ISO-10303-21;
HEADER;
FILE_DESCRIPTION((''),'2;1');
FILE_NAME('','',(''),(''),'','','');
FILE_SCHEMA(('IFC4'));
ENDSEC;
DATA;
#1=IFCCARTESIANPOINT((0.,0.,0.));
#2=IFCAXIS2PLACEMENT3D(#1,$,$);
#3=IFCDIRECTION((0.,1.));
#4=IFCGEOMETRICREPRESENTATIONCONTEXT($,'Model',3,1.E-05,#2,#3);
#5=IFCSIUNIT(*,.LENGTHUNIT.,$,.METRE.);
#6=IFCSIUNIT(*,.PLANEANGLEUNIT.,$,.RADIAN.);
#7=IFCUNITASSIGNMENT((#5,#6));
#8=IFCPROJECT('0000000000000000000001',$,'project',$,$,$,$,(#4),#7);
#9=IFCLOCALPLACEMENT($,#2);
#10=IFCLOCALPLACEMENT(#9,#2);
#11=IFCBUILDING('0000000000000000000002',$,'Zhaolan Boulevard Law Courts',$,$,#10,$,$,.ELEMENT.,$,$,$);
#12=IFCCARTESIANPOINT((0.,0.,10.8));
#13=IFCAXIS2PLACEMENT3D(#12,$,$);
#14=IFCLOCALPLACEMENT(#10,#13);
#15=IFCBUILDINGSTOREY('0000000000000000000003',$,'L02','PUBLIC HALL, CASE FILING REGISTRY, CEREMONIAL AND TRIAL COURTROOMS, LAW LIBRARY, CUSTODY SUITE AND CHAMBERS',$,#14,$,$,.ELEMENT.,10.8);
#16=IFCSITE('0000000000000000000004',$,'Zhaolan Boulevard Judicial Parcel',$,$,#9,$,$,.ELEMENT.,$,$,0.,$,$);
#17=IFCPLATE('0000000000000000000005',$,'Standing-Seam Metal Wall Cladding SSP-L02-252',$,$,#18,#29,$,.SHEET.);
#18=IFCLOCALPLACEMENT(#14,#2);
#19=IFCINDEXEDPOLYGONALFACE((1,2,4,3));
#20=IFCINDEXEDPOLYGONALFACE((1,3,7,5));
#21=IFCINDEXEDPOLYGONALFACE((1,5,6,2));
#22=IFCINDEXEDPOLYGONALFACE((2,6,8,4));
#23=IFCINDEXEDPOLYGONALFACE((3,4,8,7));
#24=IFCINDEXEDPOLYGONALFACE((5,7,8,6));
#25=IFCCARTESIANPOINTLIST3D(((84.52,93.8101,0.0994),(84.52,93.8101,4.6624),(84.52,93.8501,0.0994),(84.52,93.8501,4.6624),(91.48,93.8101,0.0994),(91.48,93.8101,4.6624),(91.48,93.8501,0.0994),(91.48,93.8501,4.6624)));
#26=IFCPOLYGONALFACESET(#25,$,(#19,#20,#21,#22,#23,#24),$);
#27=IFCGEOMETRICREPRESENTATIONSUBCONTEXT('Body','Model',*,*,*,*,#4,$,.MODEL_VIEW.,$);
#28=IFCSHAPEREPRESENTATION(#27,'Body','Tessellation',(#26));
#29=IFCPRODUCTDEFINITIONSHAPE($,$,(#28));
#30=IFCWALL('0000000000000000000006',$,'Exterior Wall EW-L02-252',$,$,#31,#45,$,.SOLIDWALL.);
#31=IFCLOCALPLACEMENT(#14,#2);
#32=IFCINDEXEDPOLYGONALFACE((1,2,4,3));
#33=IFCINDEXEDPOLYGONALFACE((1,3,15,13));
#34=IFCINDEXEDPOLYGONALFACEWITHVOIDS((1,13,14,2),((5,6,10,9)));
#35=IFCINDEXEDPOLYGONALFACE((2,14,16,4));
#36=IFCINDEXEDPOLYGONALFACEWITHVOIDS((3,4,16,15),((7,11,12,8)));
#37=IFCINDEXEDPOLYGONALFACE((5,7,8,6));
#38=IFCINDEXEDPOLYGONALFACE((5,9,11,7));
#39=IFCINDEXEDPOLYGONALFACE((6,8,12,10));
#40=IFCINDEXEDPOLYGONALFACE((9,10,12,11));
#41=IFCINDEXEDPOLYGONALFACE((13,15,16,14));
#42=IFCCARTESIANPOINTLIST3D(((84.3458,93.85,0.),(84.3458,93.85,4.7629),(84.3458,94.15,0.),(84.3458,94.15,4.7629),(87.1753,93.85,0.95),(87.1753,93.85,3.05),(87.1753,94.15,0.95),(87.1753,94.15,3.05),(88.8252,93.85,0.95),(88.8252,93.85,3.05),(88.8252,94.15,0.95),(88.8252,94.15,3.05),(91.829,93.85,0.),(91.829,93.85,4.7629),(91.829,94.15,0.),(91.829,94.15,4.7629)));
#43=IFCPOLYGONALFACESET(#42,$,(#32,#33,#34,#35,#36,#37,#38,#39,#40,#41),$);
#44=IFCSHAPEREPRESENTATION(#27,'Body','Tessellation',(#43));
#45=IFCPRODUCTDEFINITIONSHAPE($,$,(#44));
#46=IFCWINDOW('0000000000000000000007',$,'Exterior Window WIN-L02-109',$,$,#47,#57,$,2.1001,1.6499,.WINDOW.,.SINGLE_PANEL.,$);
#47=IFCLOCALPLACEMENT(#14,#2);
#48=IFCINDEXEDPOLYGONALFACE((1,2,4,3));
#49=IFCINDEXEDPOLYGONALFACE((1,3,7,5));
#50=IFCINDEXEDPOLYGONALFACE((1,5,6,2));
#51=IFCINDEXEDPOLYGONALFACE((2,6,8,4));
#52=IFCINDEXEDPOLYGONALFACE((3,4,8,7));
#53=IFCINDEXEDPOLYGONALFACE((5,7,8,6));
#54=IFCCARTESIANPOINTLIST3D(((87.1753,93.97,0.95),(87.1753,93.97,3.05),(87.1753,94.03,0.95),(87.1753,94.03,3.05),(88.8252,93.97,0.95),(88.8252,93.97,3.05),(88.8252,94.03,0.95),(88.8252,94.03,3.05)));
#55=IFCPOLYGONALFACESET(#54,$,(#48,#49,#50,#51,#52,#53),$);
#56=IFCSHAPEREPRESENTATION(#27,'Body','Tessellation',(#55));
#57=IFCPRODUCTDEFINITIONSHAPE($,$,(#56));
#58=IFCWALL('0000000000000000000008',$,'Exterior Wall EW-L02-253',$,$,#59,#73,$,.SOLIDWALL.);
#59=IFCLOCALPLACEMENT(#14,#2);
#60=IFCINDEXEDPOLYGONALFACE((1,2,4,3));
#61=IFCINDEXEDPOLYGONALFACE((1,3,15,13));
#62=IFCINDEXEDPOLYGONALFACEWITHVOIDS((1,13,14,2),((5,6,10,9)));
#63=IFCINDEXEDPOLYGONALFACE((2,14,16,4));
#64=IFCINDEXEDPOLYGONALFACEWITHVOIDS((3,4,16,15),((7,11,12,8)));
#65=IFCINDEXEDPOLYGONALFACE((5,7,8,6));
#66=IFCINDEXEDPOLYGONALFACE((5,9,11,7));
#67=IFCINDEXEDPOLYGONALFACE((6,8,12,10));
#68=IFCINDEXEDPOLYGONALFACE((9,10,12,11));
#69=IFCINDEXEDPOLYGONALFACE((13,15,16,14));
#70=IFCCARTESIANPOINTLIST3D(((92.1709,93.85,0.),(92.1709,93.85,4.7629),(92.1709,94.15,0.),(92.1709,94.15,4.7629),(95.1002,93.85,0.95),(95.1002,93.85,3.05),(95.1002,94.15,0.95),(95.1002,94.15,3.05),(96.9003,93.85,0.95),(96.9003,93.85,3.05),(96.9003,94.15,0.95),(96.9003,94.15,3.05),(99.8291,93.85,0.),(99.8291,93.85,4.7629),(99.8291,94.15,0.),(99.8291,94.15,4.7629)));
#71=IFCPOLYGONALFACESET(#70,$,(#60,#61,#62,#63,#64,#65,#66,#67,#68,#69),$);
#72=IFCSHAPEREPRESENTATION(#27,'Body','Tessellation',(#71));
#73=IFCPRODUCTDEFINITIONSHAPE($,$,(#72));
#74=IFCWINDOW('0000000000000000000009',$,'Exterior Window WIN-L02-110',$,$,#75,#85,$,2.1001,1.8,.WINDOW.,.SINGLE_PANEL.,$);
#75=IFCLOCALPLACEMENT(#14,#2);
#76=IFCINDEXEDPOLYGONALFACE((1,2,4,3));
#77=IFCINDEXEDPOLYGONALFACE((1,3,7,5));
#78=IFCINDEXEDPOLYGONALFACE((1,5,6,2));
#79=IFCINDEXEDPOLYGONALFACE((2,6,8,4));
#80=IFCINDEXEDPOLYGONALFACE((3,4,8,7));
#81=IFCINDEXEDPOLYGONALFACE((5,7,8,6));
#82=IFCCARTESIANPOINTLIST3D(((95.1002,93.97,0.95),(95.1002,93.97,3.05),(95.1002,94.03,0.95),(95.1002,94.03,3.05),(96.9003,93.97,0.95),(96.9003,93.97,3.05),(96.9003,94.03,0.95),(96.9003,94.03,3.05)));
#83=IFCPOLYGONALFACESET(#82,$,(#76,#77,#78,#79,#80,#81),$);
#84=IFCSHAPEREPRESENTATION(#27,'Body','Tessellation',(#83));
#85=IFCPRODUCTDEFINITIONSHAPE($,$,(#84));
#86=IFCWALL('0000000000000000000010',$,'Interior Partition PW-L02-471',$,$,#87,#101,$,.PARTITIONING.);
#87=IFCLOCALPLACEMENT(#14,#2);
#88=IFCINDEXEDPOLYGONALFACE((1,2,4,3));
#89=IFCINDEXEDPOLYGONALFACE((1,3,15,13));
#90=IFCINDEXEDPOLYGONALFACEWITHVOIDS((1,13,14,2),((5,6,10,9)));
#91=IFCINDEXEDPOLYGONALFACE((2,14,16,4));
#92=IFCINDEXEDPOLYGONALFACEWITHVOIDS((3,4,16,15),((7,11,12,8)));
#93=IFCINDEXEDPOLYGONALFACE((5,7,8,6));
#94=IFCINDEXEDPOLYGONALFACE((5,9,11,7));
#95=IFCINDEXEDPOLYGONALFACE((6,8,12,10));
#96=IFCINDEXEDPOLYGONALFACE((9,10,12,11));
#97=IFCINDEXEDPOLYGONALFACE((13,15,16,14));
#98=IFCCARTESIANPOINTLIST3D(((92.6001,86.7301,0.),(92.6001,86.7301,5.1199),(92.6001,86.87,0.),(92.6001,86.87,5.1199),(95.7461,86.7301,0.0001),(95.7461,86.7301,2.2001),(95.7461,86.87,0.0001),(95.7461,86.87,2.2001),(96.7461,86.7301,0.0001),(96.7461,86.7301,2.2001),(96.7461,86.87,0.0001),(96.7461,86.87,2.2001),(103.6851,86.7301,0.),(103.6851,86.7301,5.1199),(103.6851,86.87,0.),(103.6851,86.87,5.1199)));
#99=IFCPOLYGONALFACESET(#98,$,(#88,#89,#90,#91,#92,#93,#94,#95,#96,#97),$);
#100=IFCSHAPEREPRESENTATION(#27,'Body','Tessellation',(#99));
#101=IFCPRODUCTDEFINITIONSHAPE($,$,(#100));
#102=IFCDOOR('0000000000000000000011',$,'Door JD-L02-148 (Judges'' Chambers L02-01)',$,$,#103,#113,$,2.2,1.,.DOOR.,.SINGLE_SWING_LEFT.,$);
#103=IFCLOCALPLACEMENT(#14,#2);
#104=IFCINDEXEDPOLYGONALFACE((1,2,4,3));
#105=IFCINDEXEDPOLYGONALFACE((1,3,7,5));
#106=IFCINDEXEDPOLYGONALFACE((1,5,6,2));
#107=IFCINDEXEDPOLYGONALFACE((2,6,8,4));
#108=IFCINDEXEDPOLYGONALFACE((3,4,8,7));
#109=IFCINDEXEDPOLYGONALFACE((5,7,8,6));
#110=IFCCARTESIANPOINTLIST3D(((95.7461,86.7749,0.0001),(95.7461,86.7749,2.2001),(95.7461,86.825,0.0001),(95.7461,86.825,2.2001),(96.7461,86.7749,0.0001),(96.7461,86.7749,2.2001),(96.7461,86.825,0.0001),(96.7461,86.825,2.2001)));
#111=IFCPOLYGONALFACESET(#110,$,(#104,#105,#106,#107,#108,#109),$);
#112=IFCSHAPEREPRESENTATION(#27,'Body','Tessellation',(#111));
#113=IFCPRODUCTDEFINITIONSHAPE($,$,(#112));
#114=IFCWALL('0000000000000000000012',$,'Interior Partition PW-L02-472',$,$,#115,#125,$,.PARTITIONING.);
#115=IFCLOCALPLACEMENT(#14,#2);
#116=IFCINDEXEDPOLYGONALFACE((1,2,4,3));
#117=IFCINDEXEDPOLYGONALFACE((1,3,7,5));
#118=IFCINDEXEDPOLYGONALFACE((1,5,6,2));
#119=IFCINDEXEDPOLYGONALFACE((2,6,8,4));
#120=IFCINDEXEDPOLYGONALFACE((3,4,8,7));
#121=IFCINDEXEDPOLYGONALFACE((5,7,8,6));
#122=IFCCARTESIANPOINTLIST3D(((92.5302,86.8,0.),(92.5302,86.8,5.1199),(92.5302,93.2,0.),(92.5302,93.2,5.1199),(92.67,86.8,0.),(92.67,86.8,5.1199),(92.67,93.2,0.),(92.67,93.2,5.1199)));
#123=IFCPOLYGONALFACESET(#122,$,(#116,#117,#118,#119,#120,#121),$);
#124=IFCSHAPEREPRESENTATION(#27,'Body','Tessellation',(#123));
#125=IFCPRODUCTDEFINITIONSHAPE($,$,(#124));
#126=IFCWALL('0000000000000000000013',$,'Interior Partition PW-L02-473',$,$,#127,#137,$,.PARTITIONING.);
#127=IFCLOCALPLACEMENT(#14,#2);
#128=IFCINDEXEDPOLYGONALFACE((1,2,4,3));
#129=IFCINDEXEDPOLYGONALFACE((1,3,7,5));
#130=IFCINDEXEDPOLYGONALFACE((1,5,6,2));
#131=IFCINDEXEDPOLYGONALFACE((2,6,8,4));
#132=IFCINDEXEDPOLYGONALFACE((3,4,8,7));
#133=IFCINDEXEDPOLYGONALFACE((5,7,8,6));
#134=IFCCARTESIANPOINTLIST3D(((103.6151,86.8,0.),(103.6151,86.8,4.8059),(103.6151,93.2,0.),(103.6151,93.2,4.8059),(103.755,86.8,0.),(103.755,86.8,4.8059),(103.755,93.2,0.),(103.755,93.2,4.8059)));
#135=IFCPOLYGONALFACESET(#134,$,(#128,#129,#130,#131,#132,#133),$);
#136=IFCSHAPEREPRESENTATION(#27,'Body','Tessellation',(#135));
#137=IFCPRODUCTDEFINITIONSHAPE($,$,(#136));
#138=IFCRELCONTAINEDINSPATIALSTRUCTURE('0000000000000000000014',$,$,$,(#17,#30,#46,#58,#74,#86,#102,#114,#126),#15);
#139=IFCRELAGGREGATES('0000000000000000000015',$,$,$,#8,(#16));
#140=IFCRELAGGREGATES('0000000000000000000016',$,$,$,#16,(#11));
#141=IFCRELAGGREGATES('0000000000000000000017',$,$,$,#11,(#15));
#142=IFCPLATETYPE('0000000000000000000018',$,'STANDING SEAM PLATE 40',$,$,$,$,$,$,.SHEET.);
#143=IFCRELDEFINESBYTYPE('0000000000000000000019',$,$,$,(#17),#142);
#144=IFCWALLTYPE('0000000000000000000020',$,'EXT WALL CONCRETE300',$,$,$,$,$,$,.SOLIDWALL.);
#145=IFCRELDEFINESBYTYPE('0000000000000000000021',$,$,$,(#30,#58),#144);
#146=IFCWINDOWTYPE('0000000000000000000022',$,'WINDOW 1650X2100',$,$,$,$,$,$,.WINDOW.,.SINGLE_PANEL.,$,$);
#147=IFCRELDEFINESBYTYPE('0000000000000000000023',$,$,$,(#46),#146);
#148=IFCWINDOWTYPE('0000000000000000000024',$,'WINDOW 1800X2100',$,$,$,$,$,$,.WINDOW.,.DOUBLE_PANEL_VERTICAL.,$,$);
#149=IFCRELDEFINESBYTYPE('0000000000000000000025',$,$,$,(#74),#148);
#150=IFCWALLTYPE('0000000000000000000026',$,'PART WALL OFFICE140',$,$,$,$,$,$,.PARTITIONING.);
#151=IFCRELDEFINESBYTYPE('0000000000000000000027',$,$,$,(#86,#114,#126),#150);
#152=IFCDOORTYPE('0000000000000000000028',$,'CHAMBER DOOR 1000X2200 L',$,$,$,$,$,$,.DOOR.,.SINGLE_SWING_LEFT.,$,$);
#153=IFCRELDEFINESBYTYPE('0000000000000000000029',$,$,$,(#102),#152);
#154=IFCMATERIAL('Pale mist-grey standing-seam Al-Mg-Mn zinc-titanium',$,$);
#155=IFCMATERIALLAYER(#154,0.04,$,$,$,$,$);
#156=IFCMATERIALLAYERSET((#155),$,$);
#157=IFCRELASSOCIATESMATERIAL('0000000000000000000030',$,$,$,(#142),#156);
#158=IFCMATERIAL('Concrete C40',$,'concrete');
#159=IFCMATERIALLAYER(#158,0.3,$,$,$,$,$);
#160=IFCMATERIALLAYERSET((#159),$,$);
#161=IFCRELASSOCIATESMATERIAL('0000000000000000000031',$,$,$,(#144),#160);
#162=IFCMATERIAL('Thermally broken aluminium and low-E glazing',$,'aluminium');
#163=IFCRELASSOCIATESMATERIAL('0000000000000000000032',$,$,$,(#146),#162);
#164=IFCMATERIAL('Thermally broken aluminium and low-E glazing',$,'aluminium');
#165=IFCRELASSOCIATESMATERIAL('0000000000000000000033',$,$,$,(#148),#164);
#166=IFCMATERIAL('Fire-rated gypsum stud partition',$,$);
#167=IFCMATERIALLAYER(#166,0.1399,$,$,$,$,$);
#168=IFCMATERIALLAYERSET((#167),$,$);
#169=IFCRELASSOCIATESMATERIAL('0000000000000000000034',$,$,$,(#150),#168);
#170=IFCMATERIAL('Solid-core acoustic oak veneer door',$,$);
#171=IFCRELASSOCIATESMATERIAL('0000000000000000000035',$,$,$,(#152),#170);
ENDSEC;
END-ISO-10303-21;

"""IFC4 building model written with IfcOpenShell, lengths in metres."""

from ifc_helpers import new_model, si_unit, direction, frame, frame_2d, origin, origin_2d, place, context, subcontext, project, spatial, rectangle, extrude, material, layer, layer_set, type_object, element, fill, save


model = new_model("IFC4")

# Units and contexts
model_context = context("Model", 3, precision=1e-05, world=origin(), true_north=direction((0.0, 1.0)))
body_context = subcontext(model_context, "Body", "Model", "MODEL_VIEW")
ifc_project = project(units=[si_unit("LENGTHUNIT", "METRE"), si_unit("PLANEANGLEUNIT", "RADIAN")], contexts=[model_context])

# Site, building, storey
site_placement = place(None, origin())
site = spatial("IfcSite", under=ifc_project, at=site_placement, Name="Zhaolan Boulevard Judicial Parcel", CompositionType="ELEMENT", RefElevation=0.0)
building_placement = place(site_placement, origin())
building = spatial("IfcBuilding", under=site, at=building_placement, Name="Zhaolan Boulevard Law Courts", CompositionType="ELEMENT")
storey_placement = place(building_placement, frame((0.0, 0.0, 10.8)))
storey = spatial("IfcBuildingStorey", under=building, at=storey_placement, Name="L02", Description="PUBLIC HALL, CASE FILING REGISTRY, CEREMONIAL AND TRIAL COURTROOMS, LAW LIBRARY, CUSTODY SUITE AND CHAMBERS", CompositionType="ELEMENT", Elevation=10.8)

# Plate
ifc_material_1 = material(Name="Pale mist-grey standing-seam Al-Mg-Mn zinc-titanium")
ifc_layer_1 = layer(ifc_material_1, 0.04)
ifc_layer_set_1 = layer_set([ifc_layer_1])
plate_type = type_object("IfcPlateType", Name="STANDING SEAM PLATE 40", PredefinedType="SHEET", material=ifc_layer_set_1)
plate_placement = place(storey_placement, frame((88.0, 93.8301, 0.0994), z_axis=(0.0, 0.0, 1.0), x_axis=(-1.0, 0.0, 0.0)))
element("IfcPlate", 1, at=plate_placement, inside=storey, type_object=plate_type, Name="Standing-Seam Metal Wall Cladding SSP-L02-252", PredefinedType="SHEET", context=body_context, shape_type="SweptSolid", body=[
    extrude(rectangle(XDim=6.96, YDim=0.04, at=origin_2d()), origin(), (0.0, 0.0, 1.0), 4.563),
])

# Walls, openings, windows
ifc_material_2 = material(Name="Concrete C40", Category="concrete")
ifc_layer_2 = layer(ifc_material_2, 0.3)
ifc_layer_set_2 = layer_set([ifc_layer_2])
wall_type_1 = type_object("IfcWallType", Name="EXT WALL CONCRETE300", PredefinedType="SOLIDWALL", material=ifc_layer_set_2)
wall_1_placement = place(storey_placement, frame((91.8291, 94.0, 0.0), z_axis=(0.0, 0.0, 1.0), x_axis=(-1.0, 0.0, 0.0)))
wall_1 = element("IfcWall", 2, at=wall_1_placement, inside=storey, type_object=wall_type_1, Name="Exterior Wall EW-L02-252", PredefinedType="SOLIDWALL", context=body_context, shape_type="SweptSolid", body=[
    extrude(rectangle(XDim=7.4832, YDim=0.3, at=frame_2d((3.7417, 0.0))), origin(), (0.0, 0.0, 1.0), 4.7629),
])
opening_1_placement = place(wall_1_placement, frame((3.0039, 0.0, 0.95)))
opening_1 = element("IfcOpeningElement", 3, at=opening_1_placement, cuts=wall_1, PredefinedType="OPENING", context=body_context, shape_type="SweptSolid", body=[
    extrude(rectangle(XDim=1.6499, YDim=2.1001, at=frame_2d((0.825, 1.05))), frame((0.0, 0.1599, 0.0), z_axis=(0.0, -1.0, 0.0), x_axis=(1.0, 0.0, 0.0)), (0.0, 0.0, 1.0), 0.3201),
])
ifc_material_3 = material(Name="Thermally broken aluminium and low-E glazing", Category="aluminium")
window_type_1 = type_object("IfcWindowType", Name="WINDOW 1650X2100", PartitioningType="SINGLE_PANEL", PredefinedType="WINDOW", material=ifc_material_3)
window_1_placement = place(opening_1_placement, origin())
window_1 = element("IfcWindow", 4, at=window_1_placement, inside=storey, type_object=window_type_1, Name="Exterior Window WIN-L02-109", OverallHeight=2.1001, OverallWidth=1.6499, PartitioningType="SINGLE_PANEL", PredefinedType="WINDOW", context=body_context, shape_type="SweptSolid", body=[
    extrude(rectangle(XDim=1.6499, YDim=2.1001, at=frame_2d((0.825, 1.05))), frame((0.0, 0.03, 0.0), z_axis=(0.0, -1.0, 0.0), x_axis=(1.0, 0.0, 0.0)), (0.0, 0.0, 1.0), 0.0601),
])
fill(opening_1, window_1)
wall_2_placement = place(storey_placement, frame((99.8291, 94.0, 0.0), z_axis=(0.0, 0.0, 1.0), x_axis=(-1.0, 0.0, 0.0)))
wall_2 = element("IfcWall", 5, at=wall_2_placement, inside=storey, type_object=wall_type_1, Name="Exterior Wall EW-L02-253", PredefinedType="SOLIDWALL", context=body_context, shape_type="SweptSolid", body=[
    extrude(rectangle(XDim=7.6582, YDim=0.3, at=frame_2d((3.8291, 0.0))), origin(), (0.0, 0.0, 1.0), 4.7629),
])
opening_2_placement = place(wall_2_placement, frame((2.929, 0.0, 0.95)))
opening_2 = element("IfcOpeningElement", 6, at=opening_2_placement, cuts=wall_2, PredefinedType="OPENING", context=body_context, shape_type="SweptSolid", body=[
    extrude(rectangle(XDim=1.8, YDim=2.1001, at=frame_2d((0.8999, 1.05))), frame((0.0, 0.1599, 0.0), z_axis=(0.0, -1.0, 0.0), x_axis=(1.0, 0.0, 0.0)), (0.0, 0.0, 1.0), 0.3201),
])
ifc_material_4 = material(Name="Thermally broken aluminium and low-E glazing", Category="aluminium")
window_type_2 = type_object("IfcWindowType", Name="WINDOW 1800X2100", PartitioningType="DOUBLE_PANEL_VERTICAL", PredefinedType="WINDOW", material=ifc_material_4)
window_2_placement = place(opening_2_placement, origin())
window_2 = element("IfcWindow", 7, at=window_2_placement, inside=storey, type_object=window_type_2, Name="Exterior Window WIN-L02-110", OverallHeight=2.1001, OverallWidth=1.8, PartitioningType="SINGLE_PANEL", PredefinedType="WINDOW", context=body_context, shape_type="SweptSolid", body=[
    extrude(rectangle(XDim=1.8, YDim=2.1001, at=frame_2d((0.8999, 1.05))), frame((0.0, 0.03, 0.0), z_axis=(0.0, -1.0, 0.0), x_axis=(1.0, 0.0, 0.0)), (0.0, 0.0, 1.0), 0.0601),
])
fill(opening_2, window_2)

# Wall, opening, door
ifc_material_5 = material(Name="Fire-rated gypsum stud partition")
ifc_layer_3 = layer(ifc_material_5, 0.1399)
ifc_layer_set_3 = layer_set([ifc_layer_3])
wall_type_2 = type_object("IfcWallType", Name="PART WALL OFFICE140", PredefinedType="PARTITIONING", material=ifc_layer_set_3)
wall_3_placement = place(storey_placement, frame((92.6001, 86.8, 0.0), z_axis=(0.0, 0.0, 1.0), x_axis=(1.0, 0.0, 0.0)))
wall_3 = element("IfcWall", 8, at=wall_3_placement, inside=storey, type_object=wall_type_2, Name="Interior Partition PW-L02-471", PredefinedType="PARTITIONING", context=body_context, shape_type="SweptSolid", body=[
    extrude(rectangle(XDim=11.085, YDim=0.1399, at=frame_2d((5.5425, 0.0))), origin(), (0.0, 0.0, 1.0), 5.1199),
])
opening_3_placement = place(wall_3_placement, frame((3.146, 0.0, 0.0)))
opening_3 = element("IfcOpeningElement", 9, at=opening_3_placement, cuts=wall_3, PredefinedType="OPENING", context=body_context, shape_type="SweptSolid", body=[
    extrude(rectangle(XDim=1.0, YDim=2.2, at=frame_2d((0.5, 1.1001))), frame((0.0, 0.0798, 0.0), z_axis=(0.0, -1.0, 0.0), x_axis=(1.0, 0.0, 0.0)), (0.0, 0.0, 1.0), 0.1599),
])
ifc_material_6 = material(Name="Solid-core acoustic oak veneer door")
door_type = type_object("IfcDoorType", Name="CHAMBER DOOR 1000X2200 L", OperationType="SINGLE_SWING_LEFT", PredefinedType="DOOR", material=ifc_material_6)
door_placement = place(opening_3_placement, origin())
door = element("IfcDoor", 10, at=door_placement, inside=storey, type_object=door_type, Name="Door JD-L02-148 (Judges' Chambers L02-01)", OperationType="SINGLE_SWING_LEFT", OverallHeight=2.2, OverallWidth=1.0, PredefinedType="DOOR", context=body_context, shape_type="SweptSolid", body=[
    extrude(rectangle(XDim=1.0, YDim=2.2, at=frame_2d((0.5, 1.1001))), frame((0.0, 0.0249, 0.0), z_axis=(0.0, -1.0, 0.0), x_axis=(1.0, 0.0, 0.0)), (0.0, 0.0, 1.0), 0.05),
])
fill(opening_3, door)

# Walls
wall_4_placement = place(storey_placement, frame((92.6001, 93.2, 0.0), z_axis=(0.0, 0.0, 1.0), x_axis=(0.0, -1.0, 0.0)))
element("IfcWall", 11, at=wall_4_placement, inside=storey, type_object=wall_type_2, Name="Interior Partition PW-L02-472", PredefinedType="PARTITIONING", context=body_context, shape_type="SweptSolid", body=[
    extrude(rectangle(XDim=6.3999, YDim=0.1399, at=frame_2d((3.2, 0.0))), origin(), (0.0, 0.0, 1.0), 5.1199),
])
wall_5_placement = place(storey_placement, frame((103.6851, 86.8, 0.0), z_axis=(0.0, 0.0, 1.0), x_axis=(0.0, 1.0, 0.0)))
element("IfcWall", 12, at=wall_5_placement, inside=storey, type_object=wall_type_2, Name="Interior Partition PW-L02-473", PredefinedType="PARTITIONING", context=body_context, shape_type="SweptSolid", body=[
    extrude(rectangle(XDim=6.3999, YDim=0.1399, at=frame_2d((3.2, 0.0))), origin(), (0.0, 0.0, 1.0), 4.8059),
])

save(model, "model.ifc")
